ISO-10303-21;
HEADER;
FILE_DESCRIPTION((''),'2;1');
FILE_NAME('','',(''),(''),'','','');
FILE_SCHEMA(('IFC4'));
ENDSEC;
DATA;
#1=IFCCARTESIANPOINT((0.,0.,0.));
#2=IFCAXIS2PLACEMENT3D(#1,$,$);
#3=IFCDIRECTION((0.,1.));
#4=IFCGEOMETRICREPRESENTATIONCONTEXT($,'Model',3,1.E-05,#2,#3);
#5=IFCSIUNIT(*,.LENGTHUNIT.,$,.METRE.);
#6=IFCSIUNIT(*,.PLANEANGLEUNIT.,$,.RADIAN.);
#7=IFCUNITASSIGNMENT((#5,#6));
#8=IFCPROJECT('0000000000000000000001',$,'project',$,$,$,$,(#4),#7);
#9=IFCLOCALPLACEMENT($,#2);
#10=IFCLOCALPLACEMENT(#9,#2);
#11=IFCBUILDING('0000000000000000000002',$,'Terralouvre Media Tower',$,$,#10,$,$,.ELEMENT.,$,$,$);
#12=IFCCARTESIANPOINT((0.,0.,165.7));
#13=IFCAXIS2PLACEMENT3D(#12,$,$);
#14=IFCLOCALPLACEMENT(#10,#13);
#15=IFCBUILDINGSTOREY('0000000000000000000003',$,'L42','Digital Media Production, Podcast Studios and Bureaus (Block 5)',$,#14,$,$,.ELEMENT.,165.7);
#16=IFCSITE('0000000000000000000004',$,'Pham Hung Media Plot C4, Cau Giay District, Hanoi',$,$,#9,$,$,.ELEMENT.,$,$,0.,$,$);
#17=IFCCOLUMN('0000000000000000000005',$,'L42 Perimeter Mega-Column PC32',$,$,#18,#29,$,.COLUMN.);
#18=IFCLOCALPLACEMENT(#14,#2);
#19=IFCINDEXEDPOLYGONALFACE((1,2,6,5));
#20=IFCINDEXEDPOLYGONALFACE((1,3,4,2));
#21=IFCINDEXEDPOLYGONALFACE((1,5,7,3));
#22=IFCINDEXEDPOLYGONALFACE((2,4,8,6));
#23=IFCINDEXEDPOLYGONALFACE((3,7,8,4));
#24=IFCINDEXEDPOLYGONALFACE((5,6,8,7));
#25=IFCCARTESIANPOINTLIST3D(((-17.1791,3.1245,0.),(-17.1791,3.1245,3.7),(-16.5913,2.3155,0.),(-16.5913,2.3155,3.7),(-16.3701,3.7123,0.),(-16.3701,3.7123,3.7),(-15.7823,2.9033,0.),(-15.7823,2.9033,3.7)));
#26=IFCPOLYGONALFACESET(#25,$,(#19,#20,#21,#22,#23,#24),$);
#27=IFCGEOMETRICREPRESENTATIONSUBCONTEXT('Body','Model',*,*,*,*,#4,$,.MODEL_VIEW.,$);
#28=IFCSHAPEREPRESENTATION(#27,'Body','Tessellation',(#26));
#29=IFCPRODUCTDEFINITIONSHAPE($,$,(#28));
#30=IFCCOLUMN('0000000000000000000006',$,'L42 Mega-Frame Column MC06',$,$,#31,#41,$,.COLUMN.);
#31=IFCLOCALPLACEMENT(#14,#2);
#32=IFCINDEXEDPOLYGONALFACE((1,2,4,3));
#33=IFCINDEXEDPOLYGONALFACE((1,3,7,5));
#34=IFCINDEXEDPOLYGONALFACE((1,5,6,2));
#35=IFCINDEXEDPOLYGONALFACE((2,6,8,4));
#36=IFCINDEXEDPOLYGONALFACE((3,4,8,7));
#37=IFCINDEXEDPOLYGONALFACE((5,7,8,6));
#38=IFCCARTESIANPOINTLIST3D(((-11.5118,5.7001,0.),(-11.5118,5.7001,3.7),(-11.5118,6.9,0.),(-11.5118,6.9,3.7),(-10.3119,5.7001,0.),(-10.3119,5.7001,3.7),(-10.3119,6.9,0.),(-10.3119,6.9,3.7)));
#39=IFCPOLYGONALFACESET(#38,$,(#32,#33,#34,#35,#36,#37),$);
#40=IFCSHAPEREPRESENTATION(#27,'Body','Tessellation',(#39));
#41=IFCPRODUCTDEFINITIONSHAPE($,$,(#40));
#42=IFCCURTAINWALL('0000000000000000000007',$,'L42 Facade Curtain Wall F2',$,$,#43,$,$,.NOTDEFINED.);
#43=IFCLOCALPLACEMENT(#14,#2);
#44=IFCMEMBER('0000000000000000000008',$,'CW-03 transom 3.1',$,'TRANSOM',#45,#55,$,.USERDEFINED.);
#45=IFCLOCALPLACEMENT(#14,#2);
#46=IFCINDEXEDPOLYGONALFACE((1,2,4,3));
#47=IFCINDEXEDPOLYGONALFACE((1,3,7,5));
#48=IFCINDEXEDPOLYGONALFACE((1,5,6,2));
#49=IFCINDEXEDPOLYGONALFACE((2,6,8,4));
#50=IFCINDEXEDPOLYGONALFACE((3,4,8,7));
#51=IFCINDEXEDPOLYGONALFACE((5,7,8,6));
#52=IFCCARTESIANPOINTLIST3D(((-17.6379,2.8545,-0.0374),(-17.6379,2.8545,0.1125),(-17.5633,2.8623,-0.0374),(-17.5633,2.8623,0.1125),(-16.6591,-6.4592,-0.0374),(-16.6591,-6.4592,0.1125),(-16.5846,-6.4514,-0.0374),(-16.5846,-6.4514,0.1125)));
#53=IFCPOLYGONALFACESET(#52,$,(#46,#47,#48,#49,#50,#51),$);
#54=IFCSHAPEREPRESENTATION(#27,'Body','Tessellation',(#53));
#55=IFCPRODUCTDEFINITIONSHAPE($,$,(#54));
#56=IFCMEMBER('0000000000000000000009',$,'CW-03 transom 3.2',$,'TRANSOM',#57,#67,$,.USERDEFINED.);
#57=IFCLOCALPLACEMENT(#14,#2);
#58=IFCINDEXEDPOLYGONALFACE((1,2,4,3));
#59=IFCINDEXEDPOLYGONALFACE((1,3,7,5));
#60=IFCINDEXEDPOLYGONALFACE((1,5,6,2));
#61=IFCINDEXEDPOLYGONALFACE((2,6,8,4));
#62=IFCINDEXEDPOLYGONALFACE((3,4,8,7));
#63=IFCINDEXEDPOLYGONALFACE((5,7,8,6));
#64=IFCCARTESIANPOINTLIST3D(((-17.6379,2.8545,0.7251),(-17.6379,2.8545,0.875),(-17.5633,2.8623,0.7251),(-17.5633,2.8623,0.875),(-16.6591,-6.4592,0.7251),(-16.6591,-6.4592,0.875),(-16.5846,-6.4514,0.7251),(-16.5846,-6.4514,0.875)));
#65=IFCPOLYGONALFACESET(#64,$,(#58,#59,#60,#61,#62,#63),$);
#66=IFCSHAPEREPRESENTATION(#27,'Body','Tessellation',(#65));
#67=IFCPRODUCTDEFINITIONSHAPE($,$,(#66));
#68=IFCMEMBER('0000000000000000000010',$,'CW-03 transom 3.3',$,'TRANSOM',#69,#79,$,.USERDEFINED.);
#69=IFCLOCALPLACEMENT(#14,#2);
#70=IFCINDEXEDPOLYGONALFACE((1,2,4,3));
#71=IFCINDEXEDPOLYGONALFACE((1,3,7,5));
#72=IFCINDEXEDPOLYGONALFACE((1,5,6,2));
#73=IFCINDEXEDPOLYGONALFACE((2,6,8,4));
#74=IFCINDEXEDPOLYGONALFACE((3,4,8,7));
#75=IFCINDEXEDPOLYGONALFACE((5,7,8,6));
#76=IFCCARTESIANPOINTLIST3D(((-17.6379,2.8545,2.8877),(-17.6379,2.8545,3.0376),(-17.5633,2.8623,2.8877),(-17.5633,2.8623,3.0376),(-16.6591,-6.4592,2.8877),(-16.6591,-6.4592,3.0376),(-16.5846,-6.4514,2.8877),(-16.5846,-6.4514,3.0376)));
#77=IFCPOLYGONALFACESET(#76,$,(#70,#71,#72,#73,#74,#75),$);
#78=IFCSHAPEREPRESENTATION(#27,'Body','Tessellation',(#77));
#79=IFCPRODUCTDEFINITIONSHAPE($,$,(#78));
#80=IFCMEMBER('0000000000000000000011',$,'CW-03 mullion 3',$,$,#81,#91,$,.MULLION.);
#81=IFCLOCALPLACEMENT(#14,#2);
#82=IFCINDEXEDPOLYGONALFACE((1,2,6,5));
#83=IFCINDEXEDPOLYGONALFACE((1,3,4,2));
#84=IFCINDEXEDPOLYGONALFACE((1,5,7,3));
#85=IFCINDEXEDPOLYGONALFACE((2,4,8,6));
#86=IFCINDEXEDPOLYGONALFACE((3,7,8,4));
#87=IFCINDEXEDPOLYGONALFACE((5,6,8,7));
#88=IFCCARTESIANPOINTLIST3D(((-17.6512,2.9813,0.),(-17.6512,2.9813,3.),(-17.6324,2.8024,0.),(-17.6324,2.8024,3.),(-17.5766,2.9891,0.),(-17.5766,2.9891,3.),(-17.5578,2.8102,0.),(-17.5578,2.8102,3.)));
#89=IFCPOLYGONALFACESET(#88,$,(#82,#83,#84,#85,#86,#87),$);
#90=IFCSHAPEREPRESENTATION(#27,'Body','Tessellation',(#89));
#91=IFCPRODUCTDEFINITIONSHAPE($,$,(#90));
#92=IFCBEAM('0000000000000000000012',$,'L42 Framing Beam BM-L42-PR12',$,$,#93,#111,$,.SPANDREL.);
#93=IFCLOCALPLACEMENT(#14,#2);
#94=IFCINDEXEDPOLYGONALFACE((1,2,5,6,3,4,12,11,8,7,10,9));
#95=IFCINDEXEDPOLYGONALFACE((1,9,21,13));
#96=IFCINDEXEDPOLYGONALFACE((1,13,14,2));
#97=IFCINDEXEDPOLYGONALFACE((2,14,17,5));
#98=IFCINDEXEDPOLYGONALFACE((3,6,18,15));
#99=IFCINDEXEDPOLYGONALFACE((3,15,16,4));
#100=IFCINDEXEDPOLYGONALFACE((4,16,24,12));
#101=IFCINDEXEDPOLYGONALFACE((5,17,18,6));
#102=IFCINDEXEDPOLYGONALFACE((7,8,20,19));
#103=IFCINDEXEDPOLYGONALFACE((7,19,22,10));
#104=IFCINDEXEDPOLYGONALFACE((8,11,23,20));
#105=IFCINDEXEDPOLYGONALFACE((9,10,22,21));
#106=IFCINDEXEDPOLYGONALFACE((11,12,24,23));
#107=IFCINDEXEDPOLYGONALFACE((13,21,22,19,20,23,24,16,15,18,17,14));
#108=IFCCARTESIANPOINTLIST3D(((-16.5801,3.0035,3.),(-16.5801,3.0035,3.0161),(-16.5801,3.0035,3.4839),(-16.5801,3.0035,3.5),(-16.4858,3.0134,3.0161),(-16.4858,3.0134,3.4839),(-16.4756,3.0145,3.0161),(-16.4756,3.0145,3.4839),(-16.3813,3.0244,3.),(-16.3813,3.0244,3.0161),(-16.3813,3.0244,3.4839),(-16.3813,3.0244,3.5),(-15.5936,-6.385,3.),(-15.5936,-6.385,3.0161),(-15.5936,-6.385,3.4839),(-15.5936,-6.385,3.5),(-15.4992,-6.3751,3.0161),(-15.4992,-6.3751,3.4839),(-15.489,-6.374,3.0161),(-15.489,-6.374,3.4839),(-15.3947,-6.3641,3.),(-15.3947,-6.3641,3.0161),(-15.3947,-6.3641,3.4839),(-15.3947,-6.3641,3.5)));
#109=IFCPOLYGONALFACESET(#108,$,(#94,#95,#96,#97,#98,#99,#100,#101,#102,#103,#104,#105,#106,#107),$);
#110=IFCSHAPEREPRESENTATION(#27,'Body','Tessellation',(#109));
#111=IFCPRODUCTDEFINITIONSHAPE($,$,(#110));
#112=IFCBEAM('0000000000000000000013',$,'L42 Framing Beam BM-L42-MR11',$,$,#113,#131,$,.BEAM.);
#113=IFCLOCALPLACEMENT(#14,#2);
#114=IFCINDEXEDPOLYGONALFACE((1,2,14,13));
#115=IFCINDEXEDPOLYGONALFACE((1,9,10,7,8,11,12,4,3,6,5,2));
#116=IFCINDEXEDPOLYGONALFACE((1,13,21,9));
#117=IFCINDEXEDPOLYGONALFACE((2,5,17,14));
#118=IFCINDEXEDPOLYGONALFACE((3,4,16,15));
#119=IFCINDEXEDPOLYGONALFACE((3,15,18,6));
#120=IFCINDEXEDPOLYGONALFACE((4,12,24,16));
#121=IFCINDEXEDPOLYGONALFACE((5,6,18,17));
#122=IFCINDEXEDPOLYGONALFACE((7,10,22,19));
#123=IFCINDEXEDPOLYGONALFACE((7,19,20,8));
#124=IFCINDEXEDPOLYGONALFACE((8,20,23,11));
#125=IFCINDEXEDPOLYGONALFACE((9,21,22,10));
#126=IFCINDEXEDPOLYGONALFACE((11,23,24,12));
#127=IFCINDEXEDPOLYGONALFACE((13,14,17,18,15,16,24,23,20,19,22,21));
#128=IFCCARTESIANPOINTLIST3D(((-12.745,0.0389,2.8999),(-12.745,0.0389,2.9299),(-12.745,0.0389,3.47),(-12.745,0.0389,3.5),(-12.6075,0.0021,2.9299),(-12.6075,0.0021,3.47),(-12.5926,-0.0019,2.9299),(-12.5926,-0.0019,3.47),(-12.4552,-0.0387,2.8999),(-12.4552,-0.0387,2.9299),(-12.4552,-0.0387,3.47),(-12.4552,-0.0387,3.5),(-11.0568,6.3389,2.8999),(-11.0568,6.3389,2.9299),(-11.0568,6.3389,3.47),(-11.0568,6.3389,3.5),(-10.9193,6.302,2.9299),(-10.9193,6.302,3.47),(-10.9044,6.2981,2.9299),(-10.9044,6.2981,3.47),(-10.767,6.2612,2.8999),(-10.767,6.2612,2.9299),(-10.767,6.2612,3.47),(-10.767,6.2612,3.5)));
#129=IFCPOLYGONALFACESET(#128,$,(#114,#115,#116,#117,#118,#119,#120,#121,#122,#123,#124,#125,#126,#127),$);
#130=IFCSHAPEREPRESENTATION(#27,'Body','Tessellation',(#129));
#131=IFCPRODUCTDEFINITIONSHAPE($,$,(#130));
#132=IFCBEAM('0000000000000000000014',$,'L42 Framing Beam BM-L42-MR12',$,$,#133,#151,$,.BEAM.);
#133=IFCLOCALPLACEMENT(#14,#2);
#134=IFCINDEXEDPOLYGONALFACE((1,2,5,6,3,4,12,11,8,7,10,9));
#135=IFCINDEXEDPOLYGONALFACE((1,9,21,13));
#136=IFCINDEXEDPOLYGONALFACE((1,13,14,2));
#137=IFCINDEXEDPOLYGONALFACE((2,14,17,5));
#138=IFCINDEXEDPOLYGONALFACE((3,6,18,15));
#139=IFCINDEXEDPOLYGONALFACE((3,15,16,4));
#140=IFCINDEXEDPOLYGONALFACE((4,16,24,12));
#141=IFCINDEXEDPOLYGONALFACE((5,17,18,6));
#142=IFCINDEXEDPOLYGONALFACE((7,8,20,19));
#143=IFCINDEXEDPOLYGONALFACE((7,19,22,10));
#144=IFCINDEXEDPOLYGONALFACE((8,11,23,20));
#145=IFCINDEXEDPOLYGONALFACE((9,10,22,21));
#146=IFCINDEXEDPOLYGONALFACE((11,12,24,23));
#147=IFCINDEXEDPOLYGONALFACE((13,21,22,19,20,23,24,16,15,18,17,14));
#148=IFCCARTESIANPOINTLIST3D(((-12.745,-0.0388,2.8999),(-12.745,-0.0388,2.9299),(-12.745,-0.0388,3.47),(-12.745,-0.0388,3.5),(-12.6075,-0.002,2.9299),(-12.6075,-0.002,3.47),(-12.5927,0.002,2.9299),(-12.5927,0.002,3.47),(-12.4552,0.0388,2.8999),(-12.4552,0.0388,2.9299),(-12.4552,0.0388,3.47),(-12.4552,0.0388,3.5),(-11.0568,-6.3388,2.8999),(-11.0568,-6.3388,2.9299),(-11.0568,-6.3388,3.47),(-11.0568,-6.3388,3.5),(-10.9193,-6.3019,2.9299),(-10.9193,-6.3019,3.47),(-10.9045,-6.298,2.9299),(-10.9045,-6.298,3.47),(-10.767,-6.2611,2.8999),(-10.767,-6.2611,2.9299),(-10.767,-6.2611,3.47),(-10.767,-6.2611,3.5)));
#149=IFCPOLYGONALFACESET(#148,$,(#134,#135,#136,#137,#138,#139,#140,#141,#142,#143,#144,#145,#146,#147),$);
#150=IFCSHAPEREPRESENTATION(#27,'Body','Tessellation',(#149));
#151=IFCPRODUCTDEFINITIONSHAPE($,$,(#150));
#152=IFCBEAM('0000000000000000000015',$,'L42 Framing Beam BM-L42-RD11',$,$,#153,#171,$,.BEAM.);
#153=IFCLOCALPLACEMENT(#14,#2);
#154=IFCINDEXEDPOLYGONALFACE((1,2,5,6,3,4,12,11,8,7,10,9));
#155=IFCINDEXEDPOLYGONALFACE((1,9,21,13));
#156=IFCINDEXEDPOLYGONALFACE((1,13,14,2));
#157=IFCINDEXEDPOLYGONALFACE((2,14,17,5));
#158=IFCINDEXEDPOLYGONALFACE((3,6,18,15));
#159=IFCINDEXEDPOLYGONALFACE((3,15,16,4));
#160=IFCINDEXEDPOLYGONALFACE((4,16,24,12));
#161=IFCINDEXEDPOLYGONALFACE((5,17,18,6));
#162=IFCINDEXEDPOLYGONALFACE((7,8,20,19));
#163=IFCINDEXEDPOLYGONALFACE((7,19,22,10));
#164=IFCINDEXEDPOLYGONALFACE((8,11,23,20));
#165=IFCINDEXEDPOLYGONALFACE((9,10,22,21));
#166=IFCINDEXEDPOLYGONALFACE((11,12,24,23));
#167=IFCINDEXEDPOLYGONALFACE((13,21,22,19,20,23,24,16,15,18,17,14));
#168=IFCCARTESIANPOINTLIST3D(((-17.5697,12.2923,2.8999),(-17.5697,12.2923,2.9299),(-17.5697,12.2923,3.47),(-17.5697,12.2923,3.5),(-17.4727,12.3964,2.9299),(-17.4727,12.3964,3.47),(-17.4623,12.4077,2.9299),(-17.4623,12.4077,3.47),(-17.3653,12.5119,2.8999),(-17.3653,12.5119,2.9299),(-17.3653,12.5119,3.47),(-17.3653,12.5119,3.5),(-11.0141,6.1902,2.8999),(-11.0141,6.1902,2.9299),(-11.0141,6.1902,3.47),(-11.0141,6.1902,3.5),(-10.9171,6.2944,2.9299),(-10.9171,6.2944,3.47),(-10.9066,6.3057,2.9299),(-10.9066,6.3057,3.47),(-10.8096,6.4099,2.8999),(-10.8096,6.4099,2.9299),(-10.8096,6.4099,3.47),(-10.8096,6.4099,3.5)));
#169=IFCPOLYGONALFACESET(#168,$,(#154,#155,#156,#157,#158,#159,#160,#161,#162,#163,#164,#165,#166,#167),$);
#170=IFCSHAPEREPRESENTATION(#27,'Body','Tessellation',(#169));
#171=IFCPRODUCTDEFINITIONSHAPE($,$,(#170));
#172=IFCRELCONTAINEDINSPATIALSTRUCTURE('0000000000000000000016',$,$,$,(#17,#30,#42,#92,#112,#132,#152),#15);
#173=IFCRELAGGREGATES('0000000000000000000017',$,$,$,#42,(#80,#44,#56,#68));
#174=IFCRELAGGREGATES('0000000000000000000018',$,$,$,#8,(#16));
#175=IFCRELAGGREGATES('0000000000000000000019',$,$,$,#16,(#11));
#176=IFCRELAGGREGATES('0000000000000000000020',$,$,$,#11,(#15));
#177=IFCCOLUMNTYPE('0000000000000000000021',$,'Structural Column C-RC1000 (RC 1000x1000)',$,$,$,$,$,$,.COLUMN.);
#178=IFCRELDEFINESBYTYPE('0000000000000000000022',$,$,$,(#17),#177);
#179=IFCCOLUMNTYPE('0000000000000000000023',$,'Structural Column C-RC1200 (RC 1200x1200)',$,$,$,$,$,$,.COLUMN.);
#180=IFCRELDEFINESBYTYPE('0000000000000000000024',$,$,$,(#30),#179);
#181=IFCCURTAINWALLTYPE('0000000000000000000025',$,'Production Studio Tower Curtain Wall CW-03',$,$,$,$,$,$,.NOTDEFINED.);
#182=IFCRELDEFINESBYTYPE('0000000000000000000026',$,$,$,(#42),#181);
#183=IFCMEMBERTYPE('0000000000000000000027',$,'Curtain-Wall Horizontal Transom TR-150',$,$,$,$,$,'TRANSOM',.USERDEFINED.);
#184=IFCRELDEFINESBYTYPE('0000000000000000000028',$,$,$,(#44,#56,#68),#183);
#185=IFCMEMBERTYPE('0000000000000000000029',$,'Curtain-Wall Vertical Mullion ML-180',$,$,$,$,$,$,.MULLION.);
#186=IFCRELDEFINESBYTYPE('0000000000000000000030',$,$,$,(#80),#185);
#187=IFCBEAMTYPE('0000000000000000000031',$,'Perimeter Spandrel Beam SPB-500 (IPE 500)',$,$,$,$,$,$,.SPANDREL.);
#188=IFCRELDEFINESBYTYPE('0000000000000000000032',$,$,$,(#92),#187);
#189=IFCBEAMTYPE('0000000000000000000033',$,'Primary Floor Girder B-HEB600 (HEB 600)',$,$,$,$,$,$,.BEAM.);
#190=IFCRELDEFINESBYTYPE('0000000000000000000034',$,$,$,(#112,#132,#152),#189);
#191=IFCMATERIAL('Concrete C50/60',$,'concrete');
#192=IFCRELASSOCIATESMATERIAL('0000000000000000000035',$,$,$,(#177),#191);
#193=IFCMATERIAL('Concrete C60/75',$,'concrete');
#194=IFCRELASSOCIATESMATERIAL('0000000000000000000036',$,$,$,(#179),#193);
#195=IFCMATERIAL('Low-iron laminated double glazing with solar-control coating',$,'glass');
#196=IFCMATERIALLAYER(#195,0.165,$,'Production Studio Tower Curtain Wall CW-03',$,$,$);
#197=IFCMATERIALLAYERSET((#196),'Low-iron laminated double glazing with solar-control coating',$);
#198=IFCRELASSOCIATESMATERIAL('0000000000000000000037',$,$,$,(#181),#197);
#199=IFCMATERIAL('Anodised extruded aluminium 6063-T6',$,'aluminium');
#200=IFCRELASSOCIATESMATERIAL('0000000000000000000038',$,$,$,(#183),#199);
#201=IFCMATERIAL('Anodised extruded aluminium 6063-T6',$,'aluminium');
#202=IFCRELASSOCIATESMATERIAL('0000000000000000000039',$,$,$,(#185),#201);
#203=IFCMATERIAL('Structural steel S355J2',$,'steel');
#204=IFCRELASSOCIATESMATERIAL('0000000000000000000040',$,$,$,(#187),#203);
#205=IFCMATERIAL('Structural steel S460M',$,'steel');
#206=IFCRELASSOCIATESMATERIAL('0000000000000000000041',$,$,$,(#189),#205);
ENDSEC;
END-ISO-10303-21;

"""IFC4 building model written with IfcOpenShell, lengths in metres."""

from ifc_helpers import new_model, si_unit, direction, frame, origin, origin_2d, place, context, subcontext, project, spatial, rectangle, i_section, extrude, material, layer, layer_set, material_profile, profile_set, type_object, element, aggregate, save


model = new_model("IFC4")

# Units and contexts
model_context = context("Model", 3, precision=1e-05, world=origin(), true_north=direction((0.0, 1.0)))
body_context = subcontext(model_context, "Body", "Model", "MODEL_VIEW")
ifc_project = project(units=[si_unit("LENGTHUNIT", "METRE"), si_unit("PLANEANGLEUNIT", "RADIAN")], contexts=[model_context])

# Site, building, storey
site_placement = place(None, origin())
site = spatial("IfcSite", under=ifc_project, at=site_placement, Name="Pham Hung Media Plot C4, Cau Giay District, Hanoi", CompositionType="ELEMENT", RefElevation=0.0)
building_placement = place(site_placement, origin())
building = spatial("IfcBuilding", under=site, at=building_placement, Name="Terralouvre Media Tower", CompositionType="ELEMENT")
storey_placement = place(building_placement, frame((0.0, 0.0, 165.7)))
storey = spatial("IfcBuildingStorey", under=building, at=storey_placement, Name="L42", Description="Digital Media Production, Podcast Studios and Bureaus (Block 5)", CompositionType="ELEMENT", Elevation=165.7)

# Columns
ifc_material_1 = material(Name="Concrete C50/60", Category="concrete")
ifc_material_profile_1 = material_profile(ifc_material_1, rectangle(XDim=1.0, YDim=1.0, at=origin_2d()), Name="RC 1000x1000")
ifc_profile_set_1 = profile_set([ifc_material_profile_1], Name="Concrete C50/60")
column_type_1 = type_object("IfcColumnType", Name="Structural Column C-RC1000 (RC 1000x1000)", PredefinedType="COLUMN", material=ifc_profile_set_1)
column_1_placement = place(storey_placement, frame((-16.4807, 3.0139, 0.0), z_axis=(0.0, 0.0, 1.0), x_axis=(0.809017, 0.587785, 0.0)))
element("IfcColumn", 1, at=column_1_placement, inside=storey, type_object=column_type_1, Name="L42 Perimeter Mega-Column PC32", PredefinedType="COLUMN", context=body_context, shape_type="SweptSolid", body=[
    extrude(rectangle(XDim=1.0, YDim=1.0, at=origin_2d()), origin(), (0.0, 0.0, 1.0), 3.7),
])
ifc_material_2 = material(Name="Concrete C60/75", Category="concrete")
ifc_material_profile_2 = material_profile(ifc_material_2, rectangle(XDim=1.2, YDim=1.2, at=origin_2d()), Name="RC 1200x1200")
ifc_profile_set_2 = profile_set([ifc_material_profile_2], Name="Concrete C60/75")
column_type_2 = type_object("IfcColumnType", Name="Structural Column C-RC1200 (RC 1200x1200)", PredefinedType="COLUMN", material=ifc_profile_set_2)
column_2_placement = place(storey_placement, frame((-10.9119, 6.3, 0.0), z_axis=(0.0, 0.0, 1.0), x_axis=(1.0, 0.0, 0.0)))
element("IfcColumn", 2, at=column_2_placement, inside=storey, type_object=column_type_2, Name="L42 Mega-Frame Column MC06", PredefinedType="COLUMN", context=body_context, shape_type="SweptSolid", body=[
    extrude(rectangle(XDim=1.2, YDim=1.2, at=origin_2d()), origin(), (0.0, 0.0, 1.0), 3.7),
])

# Curtain wall, members
ifc_material_3 = material(Name="Low-iron laminated double glazing with solar-control coating", Category="glass")
ifc_layer_1 = layer(ifc_material_3, 0.165, Name="Production Studio Tower Curtain Wall CW-03")
ifc_layer_set_1 = layer_set([ifc_layer_1], Name="Low-iron laminated double glazing with solar-control coating")
curtain_wall_type = type_object("IfcCurtainWallType", Name="Production Studio Tower Curtain Wall CW-03", PredefinedType="NOTDEFINED", material=ifc_layer_set_1)
curtain_wall_placement = place(storey_placement, origin())
curtain_wall = element("IfcCurtainWall", 3, at=curtain_wall_placement, inside=storey, type_object=curtain_wall_type, Name="L42 Facade Curtain Wall F2", PredefinedType="NOTDEFINED")
ifc_material_4 = material(Name="Anodised extruded aluminium 6063-T6", Category="aluminium")
ifc_material_profile_3 = material_profile(ifc_material_4, rectangle(XDim=0.075, YDim=0.1499, at=origin_2d()), Name="ALU 75x150")
ifc_profile_set_3 = profile_set([ifc_material_profile_3], Name="Anodised extruded aluminium 6063-T6")
member_type_1 = type_object("IfcMemberType", Name="Curtain-Wall Horizontal Transom TR-150", ElementType="TRANSOM", PredefinedType="USERDEFINED", material=ifc_profile_set_3)
member_1_placement = place(storey_placement, frame((-17.6006, 2.8584, 0.0376), z_axis=(0.104512, -0.994524, 0.0), x_axis=(0.994524, 0.104512, 0.0)))
member_1 = element("IfcMember", 4, at=member_1_placement, type_object=member_type_1, Name="CW-03 transom 3.1", ObjectType="TRANSOM", PredefinedType="USERDEFINED", context=body_context, shape_type="SweptSolid", body=[
    extrude(rectangle(XDim=0.075, YDim=0.1499, at=origin_2d()), origin(), (0.0, 0.0, 1.0), 9.365),
])
member_2_placement = place(storey_placement, frame((-17.6006, 2.8584, 0.8), z_axis=(0.104512, -0.994524, 0.0), x_axis=(0.994524, 0.104512, 0.0)))
member_2 = element("IfcMember", 5, at=member_2_placement, type_object=member_type_1, Name="CW-03 transom 3.2", ObjectType="TRANSOM", PredefinedType="USERDEFINED", context=body_context, shape_type="SweptSolid", body=[
    extrude(rectangle(XDim=0.075, YDim=0.1499, at=origin_2d()), origin(), (0.0, 0.0, 1.0), 9.365),
])
member_3_placement = place(storey_placement, frame((-17.6006, 2.8584, 2.9626), z_axis=(0.104512, -0.994524, 0.0), x_axis=(0.994524, 0.104512, 0.0)))
member_3 = element("IfcMember", 6, at=member_3_placement, type_object=member_type_1, Name="CW-03 transom 3.3", ObjectType="TRANSOM", PredefinedType="USERDEFINED", context=body_context, shape_type="SweptSolid", body=[
    extrude(rectangle(XDim=0.075, YDim=0.1499, at=origin_2d()), origin(), (0.0, 0.0, 1.0), 9.365),
])
ifc_material_5 = material(Name="Anodised extruded aluminium 6063-T6", Category="aluminium")
ifc_material_profile_4 = material_profile(ifc_material_5, rectangle(XDim=0.075, YDim=0.1799, at=origin_2d()), Name="ALU 75x180")
ifc_profile_set_4 = profile_set([ifc_material_profile_4], Name="Anodised extruded aluminium 6063-T6")
member_type_2 = type_object("IfcMemberType", Name="Curtain-Wall Vertical Mullion ML-180", PredefinedType="MULLION", material=ifc_profile_set_4)
member_4_placement = place(storey_placement, frame((-17.6045, 2.8958, 0.0), z_axis=(0.0, 0.0, 1.0), x_axis=(0.994522, 0.104528, 0.0)))
member_4 = element("IfcMember", 7, at=member_4_placement, type_object=member_type_2, Name="CW-03 mullion 3", PredefinedType="MULLION", context=body_context, shape_type="SweptSolid", body=[
    extrude(rectangle(XDim=0.075, YDim=0.1799, at=origin_2d()), origin(), (0.0, 0.0, 1.0), 3.0),
])

# Beams
ifc_material_6 = material(Name="Structural steel S355J2", Category="steel")
ifc_material_profile_5 = material_profile(ifc_material_6, i_section(OverallWidth=0.2, OverallDepth=0.5, WebThickness=0.0103, FlangeThickness=0.0161, at=origin_2d()), Name="IPE 500")
ifc_profile_set_5 = profile_set([ifc_material_profile_5], Name="Structural steel S355J2")
beam_type_1 = type_object("IfcBeamType", Name="Perimeter Spandrel Beam SPB-500 (IPE 500)", PredefinedType="SPANDREL", material=ifc_profile_set_5)
beam_1_placement = place(storey_placement, frame((-16.4807, 3.0139, 3.25), z_axis=(0.104508, -0.994524, 0.0), x_axis=(0.994524, 0.104508, 0.0)))
element("IfcBeam", 8, at=beam_1_placement, inside=storey, type_object=beam_type_1, Name="L42 Framing Beam BM-L42-PR12", PredefinedType="SPANDREL", context=body_context, shape_type="SweptSolid", body=[
    extrude(i_section(OverallWidth=0.2, OverallDepth=0.5, WebThickness=0.0103, FlangeThickness=0.0161, at=origin_2d()), origin(), (0.0, 0.0, 1.0), 9.4402),
])
ifc_material_7 = material(Name="Structural steel S460M", Category="steel")
ifc_material_profile_6 = material_profile(ifc_material_7, i_section(OverallWidth=0.3, OverallDepth=0.6001, WebThickness=0.0154, FlangeThickness=0.03, at=origin_2d()), Name="HEB 600")
ifc_profile_set_6 = profile_set([ifc_material_profile_6], Name="Structural steel S460M")
beam_type_2 = type_object("IfcBeamType", Name="Primary Floor Girder B-HEB600 (HEB 600)", PredefinedType="BEAM", material=ifc_profile_set_6)
for number, where, z_axis, x_axis, name in (
    (9, (-10.9119, 6.3, 3.2), (-0.258839, -0.96592, 0.0), (0.96592, -0.258839, 0.0), "L42 Framing Beam BM-L42-MR11"),
    (10, (-12.6001, 0.0, 3.2), (0.258839, -0.96592, 0.0), (0.96592, 0.258839, 0.0), "L42 Framing Beam BM-L42-MR12"),
):
    element("IfcBeam", number, at=place(storey_placement, frame(where, z_axis=z_axis, x_axis=x_axis)), inside=storey, type_object=beam_type_2, Name=name, PredefinedType="BEAM", context=body_context, shape_type="SweptSolid", body=[
        extrude(i_section(OverallWidth=0.3, OverallDepth=0.6001, WebThickness=0.0154, FlangeThickness=0.03, at=origin_2d()), origin(), (0.0, 0.0, 1.0), 6.5222),
    ])
beam_2_placement = place(storey_placement, frame((-10.9119, 6.3, 3.2), z_axis=(-0.731977, 0.681329, 0.0), x_axis=(-0.681329, -0.731977, 0.0)))
element("IfcBeam", 11, at=beam_2_placement, inside=storey, type_object=beam_type_2, Name="L42 Framing Beam BM-L42-RD11", PredefinedType="BEAM", context=body_context, shape_type="SweptSolid", body=[
    extrude(i_section(OverallWidth=0.3, OverallDepth=0.6001, WebThickness=0.0154, FlangeThickness=0.03, at=origin_2d()), origin(), (0.0, 0.0, 1.0), 8.9561),
])

aggregate(curtain_wall, [member_4, member_1, member_2, member_3])

save(model, "model.ifc")
